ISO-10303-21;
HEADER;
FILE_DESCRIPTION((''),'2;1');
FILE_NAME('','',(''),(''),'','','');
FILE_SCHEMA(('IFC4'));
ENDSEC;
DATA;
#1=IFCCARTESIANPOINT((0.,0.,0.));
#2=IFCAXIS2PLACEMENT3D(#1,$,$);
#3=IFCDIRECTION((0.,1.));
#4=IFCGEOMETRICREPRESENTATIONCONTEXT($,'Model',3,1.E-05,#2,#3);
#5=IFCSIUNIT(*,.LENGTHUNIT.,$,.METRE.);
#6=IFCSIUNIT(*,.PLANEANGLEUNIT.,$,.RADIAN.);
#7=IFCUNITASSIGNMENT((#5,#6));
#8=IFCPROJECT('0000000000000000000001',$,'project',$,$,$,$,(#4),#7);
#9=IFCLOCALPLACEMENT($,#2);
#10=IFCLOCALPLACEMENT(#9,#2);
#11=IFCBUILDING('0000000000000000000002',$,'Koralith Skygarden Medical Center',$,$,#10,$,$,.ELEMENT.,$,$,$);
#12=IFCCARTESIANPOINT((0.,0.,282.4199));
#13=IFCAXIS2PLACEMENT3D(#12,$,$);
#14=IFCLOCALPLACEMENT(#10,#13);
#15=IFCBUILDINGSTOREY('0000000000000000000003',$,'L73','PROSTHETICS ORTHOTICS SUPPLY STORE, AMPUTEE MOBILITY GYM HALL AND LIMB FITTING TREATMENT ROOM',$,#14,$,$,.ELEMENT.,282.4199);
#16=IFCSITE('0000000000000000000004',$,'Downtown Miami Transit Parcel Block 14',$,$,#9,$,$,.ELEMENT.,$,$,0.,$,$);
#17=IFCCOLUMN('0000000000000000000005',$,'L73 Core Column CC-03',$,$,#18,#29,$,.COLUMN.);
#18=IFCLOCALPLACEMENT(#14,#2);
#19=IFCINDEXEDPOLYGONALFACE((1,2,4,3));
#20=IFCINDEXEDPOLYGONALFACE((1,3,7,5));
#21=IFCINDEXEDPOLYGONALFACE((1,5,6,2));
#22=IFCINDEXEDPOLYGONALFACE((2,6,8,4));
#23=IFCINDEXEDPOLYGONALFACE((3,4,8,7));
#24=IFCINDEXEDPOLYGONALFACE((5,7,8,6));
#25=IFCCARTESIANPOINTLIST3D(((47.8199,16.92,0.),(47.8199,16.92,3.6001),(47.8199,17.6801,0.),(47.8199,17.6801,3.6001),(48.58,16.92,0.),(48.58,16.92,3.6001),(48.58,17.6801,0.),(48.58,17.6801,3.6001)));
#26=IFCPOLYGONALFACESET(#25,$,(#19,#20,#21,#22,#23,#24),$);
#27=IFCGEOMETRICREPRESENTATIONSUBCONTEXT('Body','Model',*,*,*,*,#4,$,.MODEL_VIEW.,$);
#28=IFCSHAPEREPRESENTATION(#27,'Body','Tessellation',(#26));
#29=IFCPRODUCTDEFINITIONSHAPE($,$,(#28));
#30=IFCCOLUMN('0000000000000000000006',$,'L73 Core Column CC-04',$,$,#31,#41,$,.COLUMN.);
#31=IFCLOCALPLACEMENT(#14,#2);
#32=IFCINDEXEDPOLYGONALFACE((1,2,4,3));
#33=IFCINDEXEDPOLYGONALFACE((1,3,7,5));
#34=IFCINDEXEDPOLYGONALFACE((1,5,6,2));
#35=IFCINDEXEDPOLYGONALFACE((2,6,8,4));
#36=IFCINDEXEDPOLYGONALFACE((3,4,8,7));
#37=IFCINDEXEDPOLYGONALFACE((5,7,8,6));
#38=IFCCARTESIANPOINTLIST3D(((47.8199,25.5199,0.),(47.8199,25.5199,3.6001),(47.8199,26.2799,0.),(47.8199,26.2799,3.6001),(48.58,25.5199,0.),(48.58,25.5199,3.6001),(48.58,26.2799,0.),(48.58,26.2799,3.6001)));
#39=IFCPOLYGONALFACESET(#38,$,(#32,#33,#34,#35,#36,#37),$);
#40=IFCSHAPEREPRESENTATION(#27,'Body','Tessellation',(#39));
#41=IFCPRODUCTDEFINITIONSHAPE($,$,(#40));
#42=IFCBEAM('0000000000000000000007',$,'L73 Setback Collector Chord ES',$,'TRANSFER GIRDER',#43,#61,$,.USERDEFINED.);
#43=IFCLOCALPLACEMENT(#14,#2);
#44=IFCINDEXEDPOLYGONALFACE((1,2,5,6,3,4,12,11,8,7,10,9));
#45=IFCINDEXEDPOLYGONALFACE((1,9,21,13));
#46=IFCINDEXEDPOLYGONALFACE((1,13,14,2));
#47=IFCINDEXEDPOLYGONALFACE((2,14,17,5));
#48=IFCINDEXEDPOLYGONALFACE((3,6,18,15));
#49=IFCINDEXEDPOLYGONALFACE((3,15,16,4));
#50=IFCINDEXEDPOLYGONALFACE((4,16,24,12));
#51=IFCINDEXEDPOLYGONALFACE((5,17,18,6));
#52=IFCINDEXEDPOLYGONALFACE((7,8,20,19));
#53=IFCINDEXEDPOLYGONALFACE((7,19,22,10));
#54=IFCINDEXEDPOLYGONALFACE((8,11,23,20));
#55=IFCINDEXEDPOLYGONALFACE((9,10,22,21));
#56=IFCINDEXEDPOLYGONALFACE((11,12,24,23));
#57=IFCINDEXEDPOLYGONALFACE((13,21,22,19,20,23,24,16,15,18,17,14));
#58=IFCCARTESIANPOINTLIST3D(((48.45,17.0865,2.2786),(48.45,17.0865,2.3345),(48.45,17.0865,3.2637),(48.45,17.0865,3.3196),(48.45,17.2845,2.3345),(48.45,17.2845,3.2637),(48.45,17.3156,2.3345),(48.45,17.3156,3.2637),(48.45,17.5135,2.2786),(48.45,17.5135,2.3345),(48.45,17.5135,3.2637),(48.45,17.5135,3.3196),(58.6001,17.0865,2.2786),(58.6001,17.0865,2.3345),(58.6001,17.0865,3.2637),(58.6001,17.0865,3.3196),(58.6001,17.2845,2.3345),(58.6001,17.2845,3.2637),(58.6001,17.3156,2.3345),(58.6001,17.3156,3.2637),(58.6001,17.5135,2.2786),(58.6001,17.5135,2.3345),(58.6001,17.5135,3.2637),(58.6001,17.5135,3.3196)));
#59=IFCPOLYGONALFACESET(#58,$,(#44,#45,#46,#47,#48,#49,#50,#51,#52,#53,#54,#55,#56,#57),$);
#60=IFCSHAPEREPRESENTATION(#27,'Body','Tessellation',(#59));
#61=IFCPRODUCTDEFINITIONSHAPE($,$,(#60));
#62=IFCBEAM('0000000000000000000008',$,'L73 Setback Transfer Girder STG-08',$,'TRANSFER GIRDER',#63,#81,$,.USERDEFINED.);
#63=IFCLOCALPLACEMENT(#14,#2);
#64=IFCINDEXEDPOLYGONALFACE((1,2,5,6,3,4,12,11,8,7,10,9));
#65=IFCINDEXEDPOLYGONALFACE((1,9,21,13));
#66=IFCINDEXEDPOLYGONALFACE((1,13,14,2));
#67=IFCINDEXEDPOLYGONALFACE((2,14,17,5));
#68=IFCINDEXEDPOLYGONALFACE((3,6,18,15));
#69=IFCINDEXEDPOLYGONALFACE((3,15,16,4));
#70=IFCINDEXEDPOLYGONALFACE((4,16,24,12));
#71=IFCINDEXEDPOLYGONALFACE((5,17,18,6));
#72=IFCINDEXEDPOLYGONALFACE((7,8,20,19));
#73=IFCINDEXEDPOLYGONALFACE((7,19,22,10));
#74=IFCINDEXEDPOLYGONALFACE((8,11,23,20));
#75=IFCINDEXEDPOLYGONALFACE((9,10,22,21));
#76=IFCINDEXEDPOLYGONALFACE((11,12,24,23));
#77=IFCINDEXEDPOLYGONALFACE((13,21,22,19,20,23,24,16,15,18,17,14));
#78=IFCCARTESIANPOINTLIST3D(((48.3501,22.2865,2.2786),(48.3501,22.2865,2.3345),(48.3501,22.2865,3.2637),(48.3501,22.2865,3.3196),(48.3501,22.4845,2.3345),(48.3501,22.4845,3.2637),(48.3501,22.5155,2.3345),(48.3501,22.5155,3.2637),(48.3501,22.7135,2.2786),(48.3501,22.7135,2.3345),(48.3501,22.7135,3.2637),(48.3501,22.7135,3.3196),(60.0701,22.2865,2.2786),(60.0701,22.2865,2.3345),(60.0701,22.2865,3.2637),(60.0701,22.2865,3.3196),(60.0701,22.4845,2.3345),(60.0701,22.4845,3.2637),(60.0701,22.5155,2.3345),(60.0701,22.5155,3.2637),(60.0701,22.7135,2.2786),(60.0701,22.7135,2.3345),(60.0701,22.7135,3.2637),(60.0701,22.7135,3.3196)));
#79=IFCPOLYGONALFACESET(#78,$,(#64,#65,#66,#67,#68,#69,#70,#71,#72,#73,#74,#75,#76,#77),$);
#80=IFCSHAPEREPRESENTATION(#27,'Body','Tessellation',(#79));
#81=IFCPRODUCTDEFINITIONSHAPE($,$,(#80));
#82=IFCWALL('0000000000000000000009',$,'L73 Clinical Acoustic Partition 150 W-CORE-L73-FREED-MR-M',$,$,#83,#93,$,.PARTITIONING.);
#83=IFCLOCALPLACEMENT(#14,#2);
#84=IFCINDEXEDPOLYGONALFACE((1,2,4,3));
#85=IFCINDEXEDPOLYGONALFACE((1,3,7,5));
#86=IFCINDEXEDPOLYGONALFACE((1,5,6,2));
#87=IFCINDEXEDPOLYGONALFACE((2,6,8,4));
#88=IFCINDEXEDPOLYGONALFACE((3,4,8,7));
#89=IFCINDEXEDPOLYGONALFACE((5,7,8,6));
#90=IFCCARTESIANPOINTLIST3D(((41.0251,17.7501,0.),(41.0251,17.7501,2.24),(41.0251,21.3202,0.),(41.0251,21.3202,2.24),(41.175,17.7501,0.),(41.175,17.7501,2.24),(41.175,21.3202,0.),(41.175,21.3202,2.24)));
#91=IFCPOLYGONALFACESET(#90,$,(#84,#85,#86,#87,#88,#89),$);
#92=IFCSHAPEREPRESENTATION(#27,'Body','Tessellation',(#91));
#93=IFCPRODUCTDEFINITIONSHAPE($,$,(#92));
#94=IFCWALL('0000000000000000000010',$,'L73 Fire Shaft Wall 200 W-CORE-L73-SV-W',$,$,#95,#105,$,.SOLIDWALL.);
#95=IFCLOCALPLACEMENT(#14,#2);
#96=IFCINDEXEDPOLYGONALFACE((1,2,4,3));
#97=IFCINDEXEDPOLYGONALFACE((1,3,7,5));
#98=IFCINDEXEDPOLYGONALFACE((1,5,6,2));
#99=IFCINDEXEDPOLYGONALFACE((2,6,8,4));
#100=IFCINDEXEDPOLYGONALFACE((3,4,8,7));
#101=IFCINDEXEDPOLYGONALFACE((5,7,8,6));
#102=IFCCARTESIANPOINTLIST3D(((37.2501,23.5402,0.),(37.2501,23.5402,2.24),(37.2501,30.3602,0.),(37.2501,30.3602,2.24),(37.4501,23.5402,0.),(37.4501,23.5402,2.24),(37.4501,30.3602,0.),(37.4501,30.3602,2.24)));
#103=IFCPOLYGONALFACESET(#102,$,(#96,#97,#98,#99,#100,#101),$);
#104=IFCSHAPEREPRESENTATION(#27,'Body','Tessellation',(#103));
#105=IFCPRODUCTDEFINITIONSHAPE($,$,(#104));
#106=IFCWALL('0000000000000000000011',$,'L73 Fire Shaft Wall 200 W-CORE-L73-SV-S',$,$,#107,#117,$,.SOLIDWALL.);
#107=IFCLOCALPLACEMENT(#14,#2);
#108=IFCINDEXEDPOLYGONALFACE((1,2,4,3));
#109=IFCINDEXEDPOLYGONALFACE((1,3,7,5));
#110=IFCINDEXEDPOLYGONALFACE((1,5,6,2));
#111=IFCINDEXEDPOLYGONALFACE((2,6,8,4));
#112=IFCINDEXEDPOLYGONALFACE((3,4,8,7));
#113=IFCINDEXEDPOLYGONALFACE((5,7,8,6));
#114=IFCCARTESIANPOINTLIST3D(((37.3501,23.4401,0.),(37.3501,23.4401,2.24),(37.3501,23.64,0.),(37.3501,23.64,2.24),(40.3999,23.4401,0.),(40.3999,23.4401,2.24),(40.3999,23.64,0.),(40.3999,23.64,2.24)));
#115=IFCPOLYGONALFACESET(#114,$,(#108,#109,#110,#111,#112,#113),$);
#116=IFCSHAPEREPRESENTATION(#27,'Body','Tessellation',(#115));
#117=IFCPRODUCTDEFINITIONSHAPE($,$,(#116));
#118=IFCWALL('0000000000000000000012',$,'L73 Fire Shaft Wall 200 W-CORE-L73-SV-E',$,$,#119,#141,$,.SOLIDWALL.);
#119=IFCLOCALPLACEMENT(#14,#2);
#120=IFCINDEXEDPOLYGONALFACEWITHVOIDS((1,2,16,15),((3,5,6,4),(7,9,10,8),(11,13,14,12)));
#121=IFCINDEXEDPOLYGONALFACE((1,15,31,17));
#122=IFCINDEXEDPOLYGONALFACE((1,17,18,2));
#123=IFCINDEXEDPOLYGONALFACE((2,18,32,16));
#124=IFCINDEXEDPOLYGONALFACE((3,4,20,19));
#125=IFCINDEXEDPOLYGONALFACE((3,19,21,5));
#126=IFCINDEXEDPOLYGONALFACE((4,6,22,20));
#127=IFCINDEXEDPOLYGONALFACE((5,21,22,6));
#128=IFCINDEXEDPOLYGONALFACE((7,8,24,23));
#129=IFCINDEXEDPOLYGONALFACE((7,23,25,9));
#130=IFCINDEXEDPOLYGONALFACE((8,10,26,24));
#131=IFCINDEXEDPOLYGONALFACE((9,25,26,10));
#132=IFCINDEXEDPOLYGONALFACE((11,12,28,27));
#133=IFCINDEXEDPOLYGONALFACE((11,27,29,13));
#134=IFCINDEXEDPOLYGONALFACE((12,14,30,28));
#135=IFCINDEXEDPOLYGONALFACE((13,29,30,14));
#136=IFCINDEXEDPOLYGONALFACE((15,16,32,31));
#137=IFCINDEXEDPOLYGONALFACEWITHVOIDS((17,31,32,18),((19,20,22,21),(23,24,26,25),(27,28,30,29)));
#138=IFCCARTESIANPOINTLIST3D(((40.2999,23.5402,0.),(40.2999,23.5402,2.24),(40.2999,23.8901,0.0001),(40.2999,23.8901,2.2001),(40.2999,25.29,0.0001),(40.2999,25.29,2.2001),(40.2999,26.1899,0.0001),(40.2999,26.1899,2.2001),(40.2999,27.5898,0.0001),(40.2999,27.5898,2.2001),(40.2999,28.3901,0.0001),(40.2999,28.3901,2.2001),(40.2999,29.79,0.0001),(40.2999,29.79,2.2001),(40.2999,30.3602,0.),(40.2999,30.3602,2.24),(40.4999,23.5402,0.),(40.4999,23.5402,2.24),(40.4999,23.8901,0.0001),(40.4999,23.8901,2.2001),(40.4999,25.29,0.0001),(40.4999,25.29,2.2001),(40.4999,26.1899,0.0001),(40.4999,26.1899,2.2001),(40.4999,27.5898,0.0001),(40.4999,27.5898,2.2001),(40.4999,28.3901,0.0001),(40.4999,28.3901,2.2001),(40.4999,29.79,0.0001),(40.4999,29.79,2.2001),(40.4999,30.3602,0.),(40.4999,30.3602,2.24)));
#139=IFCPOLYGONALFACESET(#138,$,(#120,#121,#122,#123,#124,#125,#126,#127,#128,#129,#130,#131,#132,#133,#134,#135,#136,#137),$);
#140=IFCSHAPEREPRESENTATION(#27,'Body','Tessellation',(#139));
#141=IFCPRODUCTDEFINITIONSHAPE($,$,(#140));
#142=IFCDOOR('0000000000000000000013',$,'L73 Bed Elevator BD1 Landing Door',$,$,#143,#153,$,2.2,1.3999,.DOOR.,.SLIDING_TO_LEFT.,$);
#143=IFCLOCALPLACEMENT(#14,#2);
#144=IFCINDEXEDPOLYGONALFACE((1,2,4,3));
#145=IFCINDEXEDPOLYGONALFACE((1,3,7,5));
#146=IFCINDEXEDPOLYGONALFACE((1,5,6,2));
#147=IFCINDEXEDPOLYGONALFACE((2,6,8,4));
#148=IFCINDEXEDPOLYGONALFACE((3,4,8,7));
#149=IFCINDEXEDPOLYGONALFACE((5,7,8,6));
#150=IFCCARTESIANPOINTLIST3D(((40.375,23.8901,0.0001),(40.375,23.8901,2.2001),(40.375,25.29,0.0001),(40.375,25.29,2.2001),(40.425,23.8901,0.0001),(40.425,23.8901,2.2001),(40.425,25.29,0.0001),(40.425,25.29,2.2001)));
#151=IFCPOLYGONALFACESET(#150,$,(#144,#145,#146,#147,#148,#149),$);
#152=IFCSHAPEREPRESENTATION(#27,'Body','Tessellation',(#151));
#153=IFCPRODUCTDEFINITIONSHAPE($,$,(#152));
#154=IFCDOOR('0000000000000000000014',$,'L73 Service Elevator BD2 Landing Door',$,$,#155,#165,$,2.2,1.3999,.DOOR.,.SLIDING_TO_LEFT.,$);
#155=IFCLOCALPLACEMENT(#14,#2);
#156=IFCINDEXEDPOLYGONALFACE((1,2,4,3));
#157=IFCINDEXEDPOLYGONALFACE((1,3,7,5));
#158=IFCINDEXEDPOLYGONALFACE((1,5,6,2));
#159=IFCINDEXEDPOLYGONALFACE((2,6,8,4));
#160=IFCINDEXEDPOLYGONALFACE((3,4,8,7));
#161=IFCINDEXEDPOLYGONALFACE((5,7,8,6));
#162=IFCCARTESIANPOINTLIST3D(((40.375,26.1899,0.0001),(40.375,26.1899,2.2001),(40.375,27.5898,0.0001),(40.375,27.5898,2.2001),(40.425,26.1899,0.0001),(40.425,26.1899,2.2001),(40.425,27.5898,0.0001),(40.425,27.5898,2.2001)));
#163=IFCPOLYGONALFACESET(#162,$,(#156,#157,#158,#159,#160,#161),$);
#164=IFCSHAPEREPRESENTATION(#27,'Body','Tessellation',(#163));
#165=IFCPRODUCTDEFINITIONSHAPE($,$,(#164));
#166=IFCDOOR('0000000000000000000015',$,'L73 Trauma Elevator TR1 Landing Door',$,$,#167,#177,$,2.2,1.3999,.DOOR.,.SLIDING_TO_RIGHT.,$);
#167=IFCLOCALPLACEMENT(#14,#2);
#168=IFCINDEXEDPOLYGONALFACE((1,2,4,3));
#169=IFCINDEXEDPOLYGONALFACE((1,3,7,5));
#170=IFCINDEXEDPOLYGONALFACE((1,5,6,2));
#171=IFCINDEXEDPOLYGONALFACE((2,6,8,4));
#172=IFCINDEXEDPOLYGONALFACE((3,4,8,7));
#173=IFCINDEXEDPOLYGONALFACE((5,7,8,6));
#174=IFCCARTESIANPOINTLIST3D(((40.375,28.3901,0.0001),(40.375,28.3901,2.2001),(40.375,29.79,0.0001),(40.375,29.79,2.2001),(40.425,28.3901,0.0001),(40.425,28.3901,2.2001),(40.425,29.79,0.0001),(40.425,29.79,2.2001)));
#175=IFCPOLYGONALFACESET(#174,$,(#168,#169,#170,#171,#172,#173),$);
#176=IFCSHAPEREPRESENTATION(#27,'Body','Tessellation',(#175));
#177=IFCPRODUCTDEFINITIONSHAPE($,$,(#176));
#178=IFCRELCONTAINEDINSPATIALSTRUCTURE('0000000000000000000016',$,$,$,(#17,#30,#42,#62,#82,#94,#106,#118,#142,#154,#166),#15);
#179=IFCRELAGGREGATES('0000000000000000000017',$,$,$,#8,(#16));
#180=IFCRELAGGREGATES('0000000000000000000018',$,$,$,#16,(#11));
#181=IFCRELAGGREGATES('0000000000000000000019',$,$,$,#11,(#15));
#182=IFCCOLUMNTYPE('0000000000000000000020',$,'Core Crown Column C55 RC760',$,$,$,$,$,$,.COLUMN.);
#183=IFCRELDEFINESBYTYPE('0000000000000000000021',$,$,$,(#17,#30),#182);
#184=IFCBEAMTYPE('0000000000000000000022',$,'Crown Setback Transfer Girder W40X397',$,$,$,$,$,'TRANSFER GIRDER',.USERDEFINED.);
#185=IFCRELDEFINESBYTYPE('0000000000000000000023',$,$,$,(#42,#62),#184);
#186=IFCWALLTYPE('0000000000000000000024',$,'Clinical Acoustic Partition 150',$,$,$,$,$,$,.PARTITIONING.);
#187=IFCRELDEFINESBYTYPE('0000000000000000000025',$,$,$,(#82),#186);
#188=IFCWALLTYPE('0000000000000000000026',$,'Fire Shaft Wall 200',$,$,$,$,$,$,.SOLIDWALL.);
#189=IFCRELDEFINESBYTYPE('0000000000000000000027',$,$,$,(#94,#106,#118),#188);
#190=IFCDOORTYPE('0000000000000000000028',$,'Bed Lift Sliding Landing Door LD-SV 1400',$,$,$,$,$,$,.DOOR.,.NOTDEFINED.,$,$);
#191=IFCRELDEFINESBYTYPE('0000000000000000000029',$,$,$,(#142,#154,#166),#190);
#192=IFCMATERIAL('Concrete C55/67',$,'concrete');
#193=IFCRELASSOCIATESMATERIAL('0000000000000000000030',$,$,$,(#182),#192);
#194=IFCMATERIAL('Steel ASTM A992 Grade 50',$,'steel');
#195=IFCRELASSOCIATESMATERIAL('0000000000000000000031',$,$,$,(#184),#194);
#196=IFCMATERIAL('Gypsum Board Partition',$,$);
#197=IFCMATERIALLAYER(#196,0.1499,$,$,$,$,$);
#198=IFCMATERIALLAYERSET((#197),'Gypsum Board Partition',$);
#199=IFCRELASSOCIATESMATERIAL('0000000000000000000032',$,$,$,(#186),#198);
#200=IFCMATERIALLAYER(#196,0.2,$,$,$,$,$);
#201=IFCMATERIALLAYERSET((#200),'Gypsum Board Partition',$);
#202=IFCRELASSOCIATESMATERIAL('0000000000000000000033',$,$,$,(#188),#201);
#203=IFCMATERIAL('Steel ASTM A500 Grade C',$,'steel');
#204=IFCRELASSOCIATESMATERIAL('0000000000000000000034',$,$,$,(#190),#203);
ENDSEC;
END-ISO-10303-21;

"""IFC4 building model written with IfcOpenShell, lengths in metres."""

from ifc_helpers import new_model, si_unit, direction, frame, frame_2d, origin, origin_2d, place, context, subcontext, project, spatial, rectangle, i_section, extrude, material, layer, layer_set, material_profile, profile_set, type_object, element, fill, save


model = new_model("IFC4")

# Units and contexts
model_context = context("Model", 3, precision=1e-05, world=origin(), true_north=direction((0.0, 1.0)))
body_context = subcontext(model_context, "Body", "Model", "MODEL_VIEW")
ifc_project = project(units=[si_unit("LENGTHUNIT", "METRE"), si_unit("PLANEANGLEUNIT", "RADIAN")], contexts=[model_context])

# Site, building, storey
site_placement = place(None, origin())
site = spatial("IfcSite", under=ifc_project, at=site_placement, Name="Downtown Miami Transit Parcel Block 14", CompositionType="ELEMENT", RefElevation=0.0)
building_placement = place(site_placement, origin())
building = spatial("IfcBuilding", under=site, at=building_placement, Name="Koralith Skygarden Medical Center", CompositionType="ELEMENT")
storey_placement = place(building_placement, frame((0.0, 0.0, 282.4199)))
storey = spatial("IfcBuildingStorey", under=building, at=storey_placement, Name="L73", Description="PROSTHETICS ORTHOTICS SUPPLY STORE, AMPUTEE MOBILITY GYM HALL AND LIMB FITTING TREATMENT ROOM", CompositionType="ELEMENT", Elevation=282.4199)

# Columns
ifc_material_1 = material(Name="Concrete C55/67", Category="concrete")
ifc_material_profile_1 = material_profile(ifc_material_1, rectangle(XDim=0.76, YDim=0.76, at=origin_2d()), Name="RC760X760")
ifc_profile_set_1 = profile_set([ifc_material_profile_1], Name="Concrete C55/67")
column_type = type_object("IfcColumnType", Name="Core Crown Column C55 RC760", PredefinedType="COLUMN", material=ifc_profile_set_1)
for number, where, z_axis, x_axis, name in (
    (1, (48.2, 17.3, 0.0), (0.0, 0.0, 1.0), (1.0, 0.0, 0.0), "L73 Core Column CC-03"),
    (2, (48.2, 25.8999, 0.0), (0.0, 0.0, 1.0), (1.0, 0.0, 0.0), "L73 Core Column CC-04"),
):
    element("IfcColumn", number, at=place(storey_placement, frame(where, z_axis=z_axis, x_axis=x_axis)), inside=storey, type_object=column_type, Name=name, PredefinedType="COLUMN", context=body_context, shape_type="SweptSolid", body=[
        extrude(rectangle(XDim=0.76, YDim=0.76, at=origin_2d()), origin(), (0.0, 0.0, 1.0), 3.6001),
    ])

# Beams
ifc_material_2 = material(Name="Steel ASTM A992 Grade 50", Category="steel")
ifc_material_profile_2 = material_profile(ifc_material_2, i_section(OverallWidth=0.427, OverallDepth=1.041, WebThickness=0.031, FlangeThickness=0.0559, at=origin_2d()), Name="W40X397")
ifc_profile_set_2 = profile_set([ifc_material_profile_2], Name="Steel ASTM A992 Grade 50")
beam_type = type_object("IfcBeamType", Name="Crown Setback Transfer Girder W40X397", ElementType="TRANSFER GIRDER", PredefinedType="USERDEFINED", material=ifc_profile_set_2)
beam_1_placement = place(storey_placement, frame((48.45, 17.3, 2.7991), z_axis=(1.0, 0.0, 0.0), x_axis=(0.0, 1.0, 0.0)))
element("IfcBeam", 3, at=beam_1_placement, inside=storey, type_object=beam_type, Name="L73 Setback Collector Chord ES", ObjectType="TRANSFER GIRDER", PredefinedType="USERDEFINED", context=body_context, shape_type="SweptSolid", body=[
    extrude(i_section(OverallWidth=0.427, OverallDepth=1.041, WebThickness=0.031, FlangeThickness=0.0559, at=origin_2d()), origin(), (0.0, 0.0, 1.0), 10.1501),
])
beam_2_placement = place(storey_placement, frame((48.3501, 22.5, 2.7991), z_axis=(1.0, 0.0, 0.0), x_axis=(0.0, 1.0, 0.0)))
element("IfcBeam", 4, at=beam_2_placement, inside=storey, type_object=beam_type, Name="L73 Setback Transfer Girder STG-08", ObjectType="TRANSFER GIRDER", PredefinedType="USERDEFINED", context=body_context, shape_type="SweptSolid", body=[
    extrude(i_section(OverallWidth=0.427, OverallDepth=1.041, WebThickness=0.031, FlangeThickness=0.0559, at=origin_2d()), origin(), (0.0, 0.0, 1.0), 11.72),
])

# Shared definitions
ifc_material_3 = material(Name="Gypsum Board Partition")
ifc_layer_1 = layer(ifc_material_3, 0.1499)
ifc_layer_set_1 = layer_set([ifc_layer_1], Name="Gypsum Board Partition")
wall_type_1 = type_object("IfcWallType", Name="Clinical Acoustic Partition 150", PredefinedType="PARTITIONING", material=ifc_layer_set_1)

# Wall
wall_1_placement = place(storey_placement, frame((41.1001, 17.75, 0.0), z_axis=(0.0, 0.0, 1.0), x_axis=(0.0, 1.0, 0.0)))
element("IfcWall", 5, at=wall_1_placement, inside=storey, type_object=wall_type_1, Name="L73 Clinical Acoustic Partition 150 W-CORE-L73-FREED-MR-M", PredefinedType="PARTITIONING", context=body_context, shape_type="SweptSolid", body=[
    extrude(rectangle(XDim=3.5701, YDim=0.1499, at=frame_2d((1.7852, 0.0))), origin(), (0.0, 0.0, 1.0), 2.24),
])

# Shared definitions
ifc_layer_2 = layer(ifc_material_3, 0.2)
ifc_layer_set_2 = layer_set([ifc_layer_2], Name="Gypsum Board Partition")
wall_type_2 = type_object("IfcWallType", Name="Fire Shaft Wall 200", PredefinedType="SOLIDWALL", material=ifc_layer_set_2)
ifc_material_4 = material(Name="Steel ASTM A500 Grade C", Category="steel")

# Walls
wall_2_placement = place(storey_placement, frame((37.3501, 23.54, 0.0), z_axis=(0.0, 0.0, 1.0), x_axis=(0.0, 1.0, 0.0)))
element("IfcWall", 6, at=wall_2_placement, inside=storey, type_object=wall_type_2, Name="L73 Fire Shaft Wall 200 W-CORE-L73-SV-W", PredefinedType="SOLIDWALL", context=body_context, shape_type="SweptSolid", body=[
    extrude(rectangle(XDim=6.8201, YDim=0.2, at=frame_2d((3.4102, 0.0))), origin(), (0.0, 0.0, 1.0), 2.24),
])
wall_3_placement = place(storey_placement, frame((37.3501, 23.54, 0.0), z_axis=(0.0, 0.0, 1.0), x_axis=(1.0, 0.0, 0.0)))
element("IfcWall", 7, at=wall_3_placement, inside=storey, type_object=wall_type_2, Name="L73 Fire Shaft Wall 200 W-CORE-L73-SV-S", PredefinedType="SOLIDWALL", context=body_context, shape_type="SweptSolid", body=[
    extrude(rectangle(XDim=3.0498, YDim=0.2, at=frame_2d((1.5249, 0.0))), origin(), (0.0, 0.0, 1.0), 2.24),
])

# Wall, openings, doors
wall_4_placement = place(storey_placement, frame((40.3999, 23.54, 0.0), z_axis=(0.0, 0.0, 1.0), x_axis=(0.0, 1.0, 0.0)))
wall_4 = element("IfcWall", 8, at=wall_4_placement, inside=storey, type_object=wall_type_2, Name="L73 Fire Shaft Wall 200 W-CORE-L73-SV-E", PredefinedType="SOLIDWALL", context=body_context, shape_type="SweptSolid", body=[
    extrude(rectangle(XDim=6.8201, YDim=0.2, at=frame_2d((3.4102, 0.0))), origin(), (0.0, 0.0, 1.0), 2.24),
])
opening_1_placement = place(wall_4_placement, frame((0.3501, 0.0, 0.0)))
opening_1 = element("IfcOpeningElement", 9, at=opening_1_placement, cuts=wall_4, PredefinedType="OPENING", context=body_context, shape_type="SweptSolid", body=[
    extrude(rectangle(XDim=1.3999, YDim=2.2, at=frame_2d((0.7, 1.1001))), frame((0.0, 0.1099, 0.0), z_axis=(0.0, -1.0, 0.0), x_axis=(1.0, 0.0, 0.0)), (0.0, 0.0, 1.0), 0.22),
])
opening_2_placement = place(wall_4_placement, frame((2.6499, 0.0, 0.0)))
opening_2 = element("IfcOpeningElement", 10, at=opening_2_placement, cuts=wall_4, PredefinedType="OPENING", context=body_context, shape_type="SweptSolid", body=[
    extrude(rectangle(XDim=1.3999, YDim=2.2, at=frame_2d((0.7, 1.1001))), frame((0.0, 0.1099, 0.0), z_axis=(0.0, -1.0, 0.0), x_axis=(1.0, 0.0, 0.0)), (0.0, 0.0, 1.0), 0.22),
])
opening_3_placement = place(wall_4_placement, frame((4.8501, 0.0, 0.0)))
opening_3 = element("IfcOpeningElement", 11, at=opening_3_placement, cuts=wall_4, PredefinedType="OPENING", context=body_context, shape_type="SweptSolid", body=[
    extrude(rectangle(XDim=1.3999, YDim=2.2, at=frame_2d((0.7, 1.1001))), frame((0.0, 0.1099, 0.0), z_axis=(0.0, -1.0, 0.0), x_axis=(1.0, 0.0, 0.0)), (0.0, 0.0, 1.0), 0.22),
])
door_type_1 = type_object("IfcDoorType", Name="Bed Lift Sliding Landing Door LD-SV 1400", OperationType="NOTDEFINED", PredefinedType="DOOR", material=ifc_material_4)
door_1_placement = place(opening_1_placement, origin())
door_1 = element("IfcDoor", 12, at=door_1_placement, inside=storey, type_object=door_type_1, Name="L73 Bed Elevator BD1 Landing Door", OperationType="SLIDING_TO_LEFT", OverallHeight=2.2, OverallWidth=1.3999, PredefinedType="DOOR", context=body_context, shape_type="SweptSolid", body=[
    extrude(rectangle(XDim=1.3999, YDim=2.2, at=frame_2d((0.7, 1.1001))), frame((0.0, 0.0249, 0.0), z_axis=(0.0, -1.0, 0.0), x_axis=(1.0, 0.0, 0.0)), (0.0, 0.0, 1.0), 0.05),
])
fill(opening_1, door_1)
door_2_placement = place(opening_2_placement, origin())
door_2 = element("IfcDoor", 13, at=door_2_placement, inside=storey, type_object=door_type_1, Name="L73 Service Elevator BD2 Landing Door", OperationType="SLIDING_TO_LEFT", OverallHeight=2.2, OverallWidth=1.3999, PredefinedType="DOOR", context=body_context, shape_type="SweptSolid", body=[
    extrude(rectangle(XDim=1.3999, YDim=2.2, at=frame_2d((0.7, 1.1001))), frame((0.0, 0.0249, 0.0), z_axis=(0.0, -1.0, 0.0), x_axis=(1.0, 0.0, 0.0)), (0.0, 0.0, 1.0), 0.05),
])
fill(opening_2, door_2)
door_3_placement = place(opening_3_placement, origin())
door_3 = element("IfcDoor", 14, at=door_3_placement, inside=storey, type_object=door_type_1, Name="L73 Trauma Elevator TR1 Landing Door", OperationType="SLIDING_TO_RIGHT", OverallHeight=2.2, OverallWidth=1.3999, PredefinedType="DOOR", context=body_context, shape_type="SweptSolid", body=[
    extrude(rectangle(XDim=1.3999, YDim=2.2, at=frame_2d((0.7, 1.1001))), frame((0.0, 0.0249, 0.0), z_axis=(0.0, -1.0, 0.0), x_axis=(1.0, 0.0, 0.0)), (0.0, 0.0, 1.0), 0.05),
])
fill(opening_3, door_3)

save(model, "model.ifc")
